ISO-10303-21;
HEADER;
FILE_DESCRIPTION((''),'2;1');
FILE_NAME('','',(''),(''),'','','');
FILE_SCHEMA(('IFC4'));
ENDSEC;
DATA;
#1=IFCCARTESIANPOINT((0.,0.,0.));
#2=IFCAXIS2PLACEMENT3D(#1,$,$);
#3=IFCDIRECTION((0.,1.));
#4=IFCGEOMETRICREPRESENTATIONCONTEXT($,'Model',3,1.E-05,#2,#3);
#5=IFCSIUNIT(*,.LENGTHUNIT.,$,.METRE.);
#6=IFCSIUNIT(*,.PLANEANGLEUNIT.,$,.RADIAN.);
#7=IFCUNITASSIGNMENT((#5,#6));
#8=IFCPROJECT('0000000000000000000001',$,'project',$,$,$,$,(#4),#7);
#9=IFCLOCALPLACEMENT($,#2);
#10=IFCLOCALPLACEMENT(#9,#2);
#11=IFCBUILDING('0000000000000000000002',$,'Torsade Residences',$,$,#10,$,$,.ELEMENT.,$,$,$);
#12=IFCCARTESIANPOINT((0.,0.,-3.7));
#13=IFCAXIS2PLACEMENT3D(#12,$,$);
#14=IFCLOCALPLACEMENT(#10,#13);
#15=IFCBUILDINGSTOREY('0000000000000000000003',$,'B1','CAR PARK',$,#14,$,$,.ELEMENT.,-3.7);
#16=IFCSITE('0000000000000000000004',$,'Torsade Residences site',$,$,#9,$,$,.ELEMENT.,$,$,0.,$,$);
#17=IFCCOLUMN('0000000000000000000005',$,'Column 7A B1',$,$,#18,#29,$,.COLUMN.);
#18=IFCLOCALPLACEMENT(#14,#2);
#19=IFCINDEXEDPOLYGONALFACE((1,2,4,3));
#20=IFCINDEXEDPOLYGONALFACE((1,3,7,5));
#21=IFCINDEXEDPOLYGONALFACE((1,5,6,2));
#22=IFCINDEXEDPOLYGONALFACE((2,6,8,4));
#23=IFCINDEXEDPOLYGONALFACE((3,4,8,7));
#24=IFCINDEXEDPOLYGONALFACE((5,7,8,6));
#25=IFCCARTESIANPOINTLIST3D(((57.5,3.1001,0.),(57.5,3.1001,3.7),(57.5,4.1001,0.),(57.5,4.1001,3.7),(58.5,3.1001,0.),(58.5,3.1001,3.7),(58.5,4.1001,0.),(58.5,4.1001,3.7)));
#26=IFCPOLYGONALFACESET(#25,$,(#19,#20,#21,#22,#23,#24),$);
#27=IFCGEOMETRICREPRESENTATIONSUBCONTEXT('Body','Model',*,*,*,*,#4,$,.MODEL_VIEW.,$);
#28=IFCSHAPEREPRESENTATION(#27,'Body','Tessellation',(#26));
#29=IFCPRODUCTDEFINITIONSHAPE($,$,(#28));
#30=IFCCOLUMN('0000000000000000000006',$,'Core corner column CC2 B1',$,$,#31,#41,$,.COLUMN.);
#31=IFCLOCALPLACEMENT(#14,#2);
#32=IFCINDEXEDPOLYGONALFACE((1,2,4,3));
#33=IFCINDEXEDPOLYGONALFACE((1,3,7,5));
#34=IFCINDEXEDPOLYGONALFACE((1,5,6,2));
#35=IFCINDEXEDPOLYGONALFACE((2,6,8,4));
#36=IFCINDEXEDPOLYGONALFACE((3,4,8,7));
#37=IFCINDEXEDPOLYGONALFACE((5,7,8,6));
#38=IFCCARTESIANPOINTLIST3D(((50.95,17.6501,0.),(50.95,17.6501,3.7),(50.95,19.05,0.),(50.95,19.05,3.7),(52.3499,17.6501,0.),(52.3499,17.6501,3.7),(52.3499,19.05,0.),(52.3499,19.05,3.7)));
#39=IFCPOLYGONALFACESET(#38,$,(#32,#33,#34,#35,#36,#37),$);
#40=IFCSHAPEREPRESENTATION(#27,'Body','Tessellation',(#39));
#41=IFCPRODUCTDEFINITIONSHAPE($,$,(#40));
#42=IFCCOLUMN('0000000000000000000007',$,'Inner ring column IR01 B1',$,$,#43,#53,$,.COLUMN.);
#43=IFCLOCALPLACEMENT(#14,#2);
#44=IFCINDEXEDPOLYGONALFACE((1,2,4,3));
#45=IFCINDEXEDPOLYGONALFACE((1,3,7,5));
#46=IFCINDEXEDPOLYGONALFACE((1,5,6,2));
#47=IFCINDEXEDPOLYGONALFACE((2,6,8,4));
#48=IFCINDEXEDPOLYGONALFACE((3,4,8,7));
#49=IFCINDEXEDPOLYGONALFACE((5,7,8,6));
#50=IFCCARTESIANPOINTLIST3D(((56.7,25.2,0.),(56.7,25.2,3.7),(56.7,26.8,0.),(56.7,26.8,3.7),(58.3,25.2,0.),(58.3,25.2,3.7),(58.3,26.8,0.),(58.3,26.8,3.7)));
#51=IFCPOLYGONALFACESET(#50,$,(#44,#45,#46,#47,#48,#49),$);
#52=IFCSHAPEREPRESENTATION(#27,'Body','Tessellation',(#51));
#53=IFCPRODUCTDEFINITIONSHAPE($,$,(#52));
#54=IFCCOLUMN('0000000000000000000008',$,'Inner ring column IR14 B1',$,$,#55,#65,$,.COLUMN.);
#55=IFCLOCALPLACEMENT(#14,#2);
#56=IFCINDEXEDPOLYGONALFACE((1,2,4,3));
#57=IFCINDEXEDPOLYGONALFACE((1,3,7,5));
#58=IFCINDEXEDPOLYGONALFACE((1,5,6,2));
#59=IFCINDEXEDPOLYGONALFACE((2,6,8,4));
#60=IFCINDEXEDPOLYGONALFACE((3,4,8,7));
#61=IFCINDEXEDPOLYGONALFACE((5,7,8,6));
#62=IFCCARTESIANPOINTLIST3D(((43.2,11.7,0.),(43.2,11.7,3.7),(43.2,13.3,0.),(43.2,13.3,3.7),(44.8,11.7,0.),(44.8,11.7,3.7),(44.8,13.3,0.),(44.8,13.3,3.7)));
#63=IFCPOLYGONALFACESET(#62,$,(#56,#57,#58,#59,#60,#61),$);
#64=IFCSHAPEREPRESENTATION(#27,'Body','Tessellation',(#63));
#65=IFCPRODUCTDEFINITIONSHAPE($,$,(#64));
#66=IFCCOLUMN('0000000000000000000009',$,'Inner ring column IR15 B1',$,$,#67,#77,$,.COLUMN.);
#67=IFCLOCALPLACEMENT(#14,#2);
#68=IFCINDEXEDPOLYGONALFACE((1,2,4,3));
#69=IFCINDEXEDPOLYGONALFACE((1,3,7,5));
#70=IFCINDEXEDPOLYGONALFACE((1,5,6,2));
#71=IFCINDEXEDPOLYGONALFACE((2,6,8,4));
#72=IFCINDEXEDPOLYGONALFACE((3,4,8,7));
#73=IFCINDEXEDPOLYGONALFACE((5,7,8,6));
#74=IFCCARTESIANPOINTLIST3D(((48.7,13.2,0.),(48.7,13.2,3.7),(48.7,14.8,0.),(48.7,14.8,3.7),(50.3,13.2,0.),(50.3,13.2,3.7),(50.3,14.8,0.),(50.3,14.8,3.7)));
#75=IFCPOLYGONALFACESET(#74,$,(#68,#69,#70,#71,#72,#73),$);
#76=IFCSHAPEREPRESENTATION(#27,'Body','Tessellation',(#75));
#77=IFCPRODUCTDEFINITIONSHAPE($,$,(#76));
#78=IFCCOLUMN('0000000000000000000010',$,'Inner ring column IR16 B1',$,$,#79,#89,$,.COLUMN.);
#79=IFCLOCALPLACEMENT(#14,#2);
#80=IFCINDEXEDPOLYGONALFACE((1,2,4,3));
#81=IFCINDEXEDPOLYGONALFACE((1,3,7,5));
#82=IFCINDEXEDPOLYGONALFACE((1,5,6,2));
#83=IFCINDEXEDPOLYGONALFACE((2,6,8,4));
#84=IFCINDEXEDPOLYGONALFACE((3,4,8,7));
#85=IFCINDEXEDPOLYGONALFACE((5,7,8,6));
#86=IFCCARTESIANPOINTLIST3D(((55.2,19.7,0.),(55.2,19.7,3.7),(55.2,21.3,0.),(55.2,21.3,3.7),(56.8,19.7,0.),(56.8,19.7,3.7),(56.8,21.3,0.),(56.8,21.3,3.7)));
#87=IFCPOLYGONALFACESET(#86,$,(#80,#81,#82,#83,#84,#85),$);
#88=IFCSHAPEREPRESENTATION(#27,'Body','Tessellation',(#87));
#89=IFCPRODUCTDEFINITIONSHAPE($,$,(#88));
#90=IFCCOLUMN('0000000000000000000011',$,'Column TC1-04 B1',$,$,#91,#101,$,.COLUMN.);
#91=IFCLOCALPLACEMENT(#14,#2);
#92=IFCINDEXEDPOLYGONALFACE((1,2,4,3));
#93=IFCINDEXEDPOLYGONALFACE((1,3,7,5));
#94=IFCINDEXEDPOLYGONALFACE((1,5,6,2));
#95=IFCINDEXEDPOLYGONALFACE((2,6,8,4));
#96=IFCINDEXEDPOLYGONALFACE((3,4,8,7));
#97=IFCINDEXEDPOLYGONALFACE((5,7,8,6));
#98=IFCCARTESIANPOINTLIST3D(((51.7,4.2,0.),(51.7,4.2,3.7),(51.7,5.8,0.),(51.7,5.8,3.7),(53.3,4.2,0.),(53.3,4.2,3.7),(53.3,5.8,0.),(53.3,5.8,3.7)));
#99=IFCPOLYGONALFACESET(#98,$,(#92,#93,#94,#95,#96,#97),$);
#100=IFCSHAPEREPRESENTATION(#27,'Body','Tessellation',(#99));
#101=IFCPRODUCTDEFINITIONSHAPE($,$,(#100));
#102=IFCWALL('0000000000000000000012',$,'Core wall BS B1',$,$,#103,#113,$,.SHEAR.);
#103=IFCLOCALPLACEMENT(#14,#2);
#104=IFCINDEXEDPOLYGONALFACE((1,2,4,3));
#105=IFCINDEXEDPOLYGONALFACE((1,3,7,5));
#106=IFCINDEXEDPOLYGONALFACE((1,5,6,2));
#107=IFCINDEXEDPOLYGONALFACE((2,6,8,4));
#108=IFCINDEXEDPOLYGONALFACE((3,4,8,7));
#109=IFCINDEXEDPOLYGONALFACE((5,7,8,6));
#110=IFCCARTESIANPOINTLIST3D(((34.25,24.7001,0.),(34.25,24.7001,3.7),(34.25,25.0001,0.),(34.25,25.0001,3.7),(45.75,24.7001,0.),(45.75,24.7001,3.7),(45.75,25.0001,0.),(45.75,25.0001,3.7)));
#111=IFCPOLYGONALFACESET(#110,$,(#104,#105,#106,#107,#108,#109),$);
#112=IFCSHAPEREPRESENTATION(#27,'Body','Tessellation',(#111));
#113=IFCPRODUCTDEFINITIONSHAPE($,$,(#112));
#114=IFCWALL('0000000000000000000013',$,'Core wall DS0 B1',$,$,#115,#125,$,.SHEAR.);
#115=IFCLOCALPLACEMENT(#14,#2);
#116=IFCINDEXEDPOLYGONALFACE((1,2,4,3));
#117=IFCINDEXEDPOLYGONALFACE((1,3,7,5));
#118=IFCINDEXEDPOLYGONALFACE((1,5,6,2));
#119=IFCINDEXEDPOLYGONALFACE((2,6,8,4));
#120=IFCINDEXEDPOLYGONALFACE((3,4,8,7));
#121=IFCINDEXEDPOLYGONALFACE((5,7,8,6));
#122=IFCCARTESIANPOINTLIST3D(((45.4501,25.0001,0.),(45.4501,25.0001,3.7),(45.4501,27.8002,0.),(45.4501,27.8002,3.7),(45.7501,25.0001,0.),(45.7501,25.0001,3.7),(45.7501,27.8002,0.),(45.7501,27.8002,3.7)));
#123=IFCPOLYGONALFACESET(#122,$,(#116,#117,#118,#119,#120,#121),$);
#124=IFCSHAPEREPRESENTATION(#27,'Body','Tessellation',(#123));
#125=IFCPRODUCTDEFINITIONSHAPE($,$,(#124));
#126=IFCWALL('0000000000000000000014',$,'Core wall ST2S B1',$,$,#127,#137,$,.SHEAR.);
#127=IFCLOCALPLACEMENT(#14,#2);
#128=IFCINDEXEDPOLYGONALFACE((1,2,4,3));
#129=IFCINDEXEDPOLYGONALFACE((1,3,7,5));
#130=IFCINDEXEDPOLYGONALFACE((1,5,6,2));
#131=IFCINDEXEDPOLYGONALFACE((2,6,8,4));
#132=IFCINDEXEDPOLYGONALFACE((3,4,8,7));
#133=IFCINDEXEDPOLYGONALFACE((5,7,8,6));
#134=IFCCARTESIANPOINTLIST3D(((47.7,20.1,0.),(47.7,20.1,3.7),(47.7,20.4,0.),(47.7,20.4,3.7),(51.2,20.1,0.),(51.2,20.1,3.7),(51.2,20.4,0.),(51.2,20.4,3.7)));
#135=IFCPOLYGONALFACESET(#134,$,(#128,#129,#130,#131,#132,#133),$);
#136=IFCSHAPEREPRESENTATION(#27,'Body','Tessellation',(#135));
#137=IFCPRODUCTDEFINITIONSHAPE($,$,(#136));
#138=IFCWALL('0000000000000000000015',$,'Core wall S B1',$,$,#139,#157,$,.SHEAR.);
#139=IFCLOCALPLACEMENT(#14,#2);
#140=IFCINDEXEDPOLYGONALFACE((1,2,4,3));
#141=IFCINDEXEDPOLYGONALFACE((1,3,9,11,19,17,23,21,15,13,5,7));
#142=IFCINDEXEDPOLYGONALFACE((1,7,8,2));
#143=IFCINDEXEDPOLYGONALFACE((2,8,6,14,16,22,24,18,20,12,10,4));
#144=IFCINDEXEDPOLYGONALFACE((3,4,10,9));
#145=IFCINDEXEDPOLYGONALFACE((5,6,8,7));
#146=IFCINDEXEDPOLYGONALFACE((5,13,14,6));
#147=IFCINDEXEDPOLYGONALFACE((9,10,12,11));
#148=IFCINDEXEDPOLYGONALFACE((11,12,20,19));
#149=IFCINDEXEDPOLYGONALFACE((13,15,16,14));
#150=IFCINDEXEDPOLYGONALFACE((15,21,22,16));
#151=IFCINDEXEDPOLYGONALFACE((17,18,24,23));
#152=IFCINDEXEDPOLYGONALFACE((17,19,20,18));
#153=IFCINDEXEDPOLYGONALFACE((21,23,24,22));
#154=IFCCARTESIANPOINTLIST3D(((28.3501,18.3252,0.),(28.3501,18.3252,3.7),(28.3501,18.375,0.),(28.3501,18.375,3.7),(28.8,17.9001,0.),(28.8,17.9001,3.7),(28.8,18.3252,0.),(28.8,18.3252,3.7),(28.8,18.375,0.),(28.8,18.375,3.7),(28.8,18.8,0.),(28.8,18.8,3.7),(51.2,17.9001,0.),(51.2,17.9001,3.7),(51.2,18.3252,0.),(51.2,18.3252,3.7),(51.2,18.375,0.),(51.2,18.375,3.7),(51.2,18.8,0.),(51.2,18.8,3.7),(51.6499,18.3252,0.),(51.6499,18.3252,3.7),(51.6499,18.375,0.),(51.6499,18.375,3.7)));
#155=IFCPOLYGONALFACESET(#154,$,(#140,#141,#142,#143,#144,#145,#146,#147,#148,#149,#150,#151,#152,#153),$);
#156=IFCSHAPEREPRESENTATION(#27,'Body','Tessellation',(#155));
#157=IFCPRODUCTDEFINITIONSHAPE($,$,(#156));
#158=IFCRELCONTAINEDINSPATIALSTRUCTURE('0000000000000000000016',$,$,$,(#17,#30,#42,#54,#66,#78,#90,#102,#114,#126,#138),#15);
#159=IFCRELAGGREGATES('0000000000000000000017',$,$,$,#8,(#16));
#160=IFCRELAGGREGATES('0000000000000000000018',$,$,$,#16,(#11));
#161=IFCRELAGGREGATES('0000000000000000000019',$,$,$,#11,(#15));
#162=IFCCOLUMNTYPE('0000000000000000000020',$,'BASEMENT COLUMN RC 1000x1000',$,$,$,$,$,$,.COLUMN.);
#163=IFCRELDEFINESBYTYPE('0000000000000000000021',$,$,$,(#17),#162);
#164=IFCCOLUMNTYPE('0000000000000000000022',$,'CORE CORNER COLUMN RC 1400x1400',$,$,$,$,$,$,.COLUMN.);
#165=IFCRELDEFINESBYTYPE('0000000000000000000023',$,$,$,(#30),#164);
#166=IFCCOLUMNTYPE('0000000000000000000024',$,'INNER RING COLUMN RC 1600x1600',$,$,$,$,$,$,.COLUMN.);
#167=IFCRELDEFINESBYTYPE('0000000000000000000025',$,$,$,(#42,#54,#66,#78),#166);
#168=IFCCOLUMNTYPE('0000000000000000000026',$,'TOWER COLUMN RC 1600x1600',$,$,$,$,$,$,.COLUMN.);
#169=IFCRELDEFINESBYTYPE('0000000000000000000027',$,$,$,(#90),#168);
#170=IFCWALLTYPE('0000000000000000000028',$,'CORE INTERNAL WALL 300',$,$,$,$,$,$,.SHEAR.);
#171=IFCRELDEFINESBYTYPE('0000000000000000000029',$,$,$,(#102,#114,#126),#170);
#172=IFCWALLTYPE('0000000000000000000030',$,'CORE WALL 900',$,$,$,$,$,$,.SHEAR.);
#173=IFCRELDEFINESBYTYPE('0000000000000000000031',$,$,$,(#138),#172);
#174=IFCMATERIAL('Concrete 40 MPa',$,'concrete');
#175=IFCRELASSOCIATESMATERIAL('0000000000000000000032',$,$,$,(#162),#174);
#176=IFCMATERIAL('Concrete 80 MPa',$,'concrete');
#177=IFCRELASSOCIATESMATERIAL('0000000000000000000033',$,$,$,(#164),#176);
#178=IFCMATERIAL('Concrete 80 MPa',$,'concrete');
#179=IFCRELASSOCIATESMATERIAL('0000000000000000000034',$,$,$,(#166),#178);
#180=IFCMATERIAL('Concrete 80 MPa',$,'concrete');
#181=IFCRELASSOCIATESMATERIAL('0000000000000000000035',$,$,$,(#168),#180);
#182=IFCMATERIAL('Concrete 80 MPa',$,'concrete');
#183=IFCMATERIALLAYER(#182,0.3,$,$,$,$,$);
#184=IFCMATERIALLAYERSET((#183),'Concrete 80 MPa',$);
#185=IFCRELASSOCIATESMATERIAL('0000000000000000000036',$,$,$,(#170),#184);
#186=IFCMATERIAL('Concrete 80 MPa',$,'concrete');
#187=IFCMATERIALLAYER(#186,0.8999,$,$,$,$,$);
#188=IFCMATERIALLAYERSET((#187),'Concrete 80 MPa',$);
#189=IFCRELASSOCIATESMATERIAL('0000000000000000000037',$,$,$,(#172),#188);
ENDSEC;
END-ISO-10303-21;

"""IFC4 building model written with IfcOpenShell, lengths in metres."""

from ifc_helpers import new_model, si_unit, direction, frame, frame_2d, origin, origin_2d, place, context, subcontext, project, spatial, polyline, rectangle, outline, extrude, material, layer, layer_set, material_profile, profile_set, type_object, element, save


model = new_model("IFC4")

# Units and contexts
model_context = context("Model", 3, precision=1e-05, world=origin(), true_north=direction((0.0, 1.0)))
body_context = subcontext(model_context, "Body", "Model", "MODEL_VIEW")
ifc_project = project(units=[si_unit("LENGTHUNIT", "METRE"), si_unit("PLANEANGLEUNIT", "RADIAN")], contexts=[model_context])

# Site, building, storey
site_placement = place(None, origin())
site = spatial("IfcSite", under=ifc_project, at=site_placement, Name="Torsade Residences site", CompositionType="ELEMENT", RefElevation=0.0)
building_placement = place(site_placement, origin())
building = spatial("IfcBuilding", under=site, at=building_placement, Name="Torsade Residences", CompositionType="ELEMENT")
storey_placement = place(building_placement, frame((0.0, 0.0, -3.7)))
storey = spatial("IfcBuildingStorey", under=building, at=storey_placement, Name="B1", Description="CAR PARK", CompositionType="ELEMENT", Elevation=-3.7)

# Columns
ifc_material_1 = material(Name="Concrete 40 MPa", Category="concrete")
ifc_material_profile_1 = material_profile(ifc_material_1, rectangle(XDim=1.0, YDim=1.0, at=origin_2d()), Name="RC 1000x1000")
ifc_profile_set_1 = profile_set([ifc_material_profile_1], Name="Concrete 40 MPa")
column_type_1 = type_object("IfcColumnType", Name="BASEMENT COLUMN RC 1000x1000", PredefinedType="COLUMN", material=ifc_profile_set_1)
column_1_placement = place(storey_placement, frame((58.0, 3.6001, 0.0), z_axis=(0.0, 0.0, 1.0), x_axis=(1.0, 0.0, 0.0)))
element("IfcColumn", 1, at=column_1_placement, inside=storey, type_object=column_type_1, Name="Column 7A B1", PredefinedType="COLUMN", context=body_context, shape_type="SweptSolid", body=[
    extrude(rectangle(XDim=1.0, YDim=1.0, at=origin_2d()), origin(), (0.0, 0.0, 1.0), 3.7),
])
ifc_material_2 = material(Name="Concrete 80 MPa", Category="concrete")
ifc_material_profile_2 = material_profile(ifc_material_2, rectangle(XDim=1.3999, YDim=1.3999, at=origin_2d()), Name="RC 1400x1400")
ifc_profile_set_2 = profile_set([ifc_material_profile_2], Name="Concrete 80 MPa")
column_type_2 = type_object("IfcColumnType", Name="CORE CORNER COLUMN RC 1400x1400", PredefinedType="COLUMN", material=ifc_profile_set_2)
column_2_placement = place(storey_placement, frame((51.6499, 18.3501, 0.0), z_axis=(0.0, 0.0, 1.0), x_axis=(1.0, 0.0, 0.0)))
element("IfcColumn", 2, at=column_2_placement, inside=storey, type_object=column_type_2, Name="Core corner column CC2 B1", PredefinedType="COLUMN", context=body_context, shape_type="SweptSolid", body=[
    extrude(rectangle(XDim=1.3999, YDim=1.3999, at=origin_2d()), origin(), (0.0, 0.0, 1.0), 3.7),
])
ifc_material_3 = material(Name="Concrete 80 MPa", Category="concrete")
ifc_material_profile_3 = material_profile(ifc_material_3, rectangle(XDim=1.6001, YDim=1.6001, at=origin_2d()), Name="RC 1600x1600")
ifc_profile_set_3 = profile_set([ifc_material_profile_3], Name="Concrete 80 MPa")
column_type_3 = type_object("IfcColumnType", Name="INNER RING COLUMN RC 1600x1600", PredefinedType="COLUMN", material=ifc_profile_set_3)
for number, where, z_axis, x_axis, name in (
    (3, (57.5, 26.0, 0.0), (0.0, 0.0, 1.0), (1.0, 0.0, 0.0), "Inner ring column IR01 B1"),
    (4, (44.0, 12.5, 0.0), (0.0, 0.0, 1.0), (1.0, 0.0, 0.0), "Inner ring column IR14 B1"),
    (5, (49.5, 14.0, 0.0), (0.0, 0.0, 1.0), (1.0, 0.0, 0.0), "Inner ring column IR15 B1"),
    (6, (56.0, 20.5, 0.0), (0.0, 0.0, 1.0), (1.0, 0.0, 0.0), "Inner ring column IR16 B1"),
):
    element("IfcColumn", number, at=place(storey_placement, frame(where, z_axis=z_axis, x_axis=x_axis)), inside=storey, type_object=column_type_3, Name=name, PredefinedType="COLUMN", context=body_context, shape_type="SweptSolid", body=[
        extrude(rectangle(XDim=1.6001, YDim=1.6001, at=origin_2d()), origin(), (0.0, 0.0, 1.0), 3.7),
    ])
ifc_material_4 = material(Name="Concrete 80 MPa", Category="concrete")
ifc_material_profile_4 = material_profile(ifc_material_4, rectangle(XDim=1.6001, YDim=1.6001, at=origin_2d()), Name="RC 1600x1600")
ifc_profile_set_4 = profile_set([ifc_material_profile_4], Name="Concrete 80 MPa")
column_type_4 = type_object("IfcColumnType", Name="TOWER COLUMN RC 1600x1600", PredefinedType="COLUMN", material=ifc_profile_set_4)
column_3_placement = place(storey_placement, frame((52.5, 5.0, 0.0), z_axis=(0.0, 0.0, 1.0), x_axis=(1.0, 0.0, 0.0)))
element("IfcColumn", 7, at=column_3_placement, inside=storey, type_object=column_type_4, Name="Column TC1-04 B1", PredefinedType="COLUMN", context=body_context, shape_type="SweptSolid", body=[
    extrude(rectangle(XDim=1.6001, YDim=1.6001, at=origin_2d()), origin(), (0.0, 0.0, 1.0), 3.7),
])

# Walls
ifc_material_5 = material(Name="Concrete 80 MPa", Category="concrete")
ifc_layer_1 = layer(ifc_material_5, 0.3)
ifc_layer_set_1 = layer_set([ifc_layer_1], Name="Concrete 80 MPa")
wall_type_1 = type_object("IfcWallType", Name="CORE INTERNAL WALL 300", PredefinedType="SHEAR", material=ifc_layer_set_1)
wall_1_placement = place(storey_placement, frame((45.75, 24.8501, 0.0), z_axis=(0.0, 0.0, 1.0), x_axis=(-1.0, 0.0, 0.0)))
element("IfcWall", 8, at=wall_1_placement, inside=storey, type_object=wall_type_1, Name="Core wall BS B1", PredefinedType="SHEAR", context=body_context, shape_type="SweptSolid", body=[
    extrude(rectangle(XDim=11.5, YDim=0.3, at=frame_2d((5.75, 0.0))), origin(), (0.0, 0.0, 1.0), 3.7),
])
wall_2_placement = place(storey_placement, frame((45.6001, 27.8, 0.0), z_axis=(0.0, 0.0, 1.0), x_axis=(0.0, -1.0, 0.0)))
element("IfcWall", 9, at=wall_2_placement, inside=storey, type_object=wall_type_1, Name="Core wall DS0 B1", PredefinedType="SHEAR", context=body_context, shape_type="SweptSolid", body=[
    extrude(rectangle(XDim=2.8, YDim=0.3, at=frame_2d((1.3999, 0.0))), origin(), (0.0, 0.0, 1.0), 3.7),
])
wall_3_placement = place(storey_placement, frame((51.2, 20.25, 0.0), z_axis=(0.0, 0.0, 1.0), x_axis=(-1.0, 0.0, 0.0)))
element("IfcWall", 10, at=wall_3_placement, inside=storey, type_object=wall_type_1, Name="Core wall ST2S B1", PredefinedType="SHEAR", context=body_context, shape_type="SweptSolid", body=[
    extrude(rectangle(XDim=3.5, YDim=0.3, at=frame_2d((1.75, 0.0))), origin(), (0.0, 0.0, 1.0), 3.7),
])
ifc_material_6 = material(Name="Concrete 80 MPa", Category="concrete")
ifc_layer_2 = layer(ifc_material_6, 0.8999)
ifc_layer_set_2 = layer_set([ifc_layer_2], Name="Concrete 80 MPa")
wall_type_2 = type_object("IfcWallType", Name="CORE WALL 900", PredefinedType="SHEAR", material=ifc_layer_set_2)
wall_4_placement = place(storey_placement, frame((51.2, 18.3501, 0.0), z_axis=(0.0, 0.0, 1.0), x_axis=(-1.0, 0.0, 0.0)))
element("IfcWall", 11, at=wall_4_placement, inside=storey, type_object=wall_type_2, Name="Core wall S B1", PredefinedType="SHEAR", context=body_context, shape_type="SweptSolid", body=[
    extrude(outline(polyline([(0.0, -0.45), (22.3999, -0.45), (22.3999, -0.0249), (22.8499, -0.0249), (22.8499, 0.0249), (22.3999, 0.0249), (22.3999, 0.45), (0.0, 0.45), (0.0, 0.0249), (-0.45, 0.0249), (-0.45, -0.0249), (0.0, -0.0249), (0.0, -0.45)])), origin(), (0.0, 0.0, 1.0), 3.7),
])

save(model, "model.ifc")
